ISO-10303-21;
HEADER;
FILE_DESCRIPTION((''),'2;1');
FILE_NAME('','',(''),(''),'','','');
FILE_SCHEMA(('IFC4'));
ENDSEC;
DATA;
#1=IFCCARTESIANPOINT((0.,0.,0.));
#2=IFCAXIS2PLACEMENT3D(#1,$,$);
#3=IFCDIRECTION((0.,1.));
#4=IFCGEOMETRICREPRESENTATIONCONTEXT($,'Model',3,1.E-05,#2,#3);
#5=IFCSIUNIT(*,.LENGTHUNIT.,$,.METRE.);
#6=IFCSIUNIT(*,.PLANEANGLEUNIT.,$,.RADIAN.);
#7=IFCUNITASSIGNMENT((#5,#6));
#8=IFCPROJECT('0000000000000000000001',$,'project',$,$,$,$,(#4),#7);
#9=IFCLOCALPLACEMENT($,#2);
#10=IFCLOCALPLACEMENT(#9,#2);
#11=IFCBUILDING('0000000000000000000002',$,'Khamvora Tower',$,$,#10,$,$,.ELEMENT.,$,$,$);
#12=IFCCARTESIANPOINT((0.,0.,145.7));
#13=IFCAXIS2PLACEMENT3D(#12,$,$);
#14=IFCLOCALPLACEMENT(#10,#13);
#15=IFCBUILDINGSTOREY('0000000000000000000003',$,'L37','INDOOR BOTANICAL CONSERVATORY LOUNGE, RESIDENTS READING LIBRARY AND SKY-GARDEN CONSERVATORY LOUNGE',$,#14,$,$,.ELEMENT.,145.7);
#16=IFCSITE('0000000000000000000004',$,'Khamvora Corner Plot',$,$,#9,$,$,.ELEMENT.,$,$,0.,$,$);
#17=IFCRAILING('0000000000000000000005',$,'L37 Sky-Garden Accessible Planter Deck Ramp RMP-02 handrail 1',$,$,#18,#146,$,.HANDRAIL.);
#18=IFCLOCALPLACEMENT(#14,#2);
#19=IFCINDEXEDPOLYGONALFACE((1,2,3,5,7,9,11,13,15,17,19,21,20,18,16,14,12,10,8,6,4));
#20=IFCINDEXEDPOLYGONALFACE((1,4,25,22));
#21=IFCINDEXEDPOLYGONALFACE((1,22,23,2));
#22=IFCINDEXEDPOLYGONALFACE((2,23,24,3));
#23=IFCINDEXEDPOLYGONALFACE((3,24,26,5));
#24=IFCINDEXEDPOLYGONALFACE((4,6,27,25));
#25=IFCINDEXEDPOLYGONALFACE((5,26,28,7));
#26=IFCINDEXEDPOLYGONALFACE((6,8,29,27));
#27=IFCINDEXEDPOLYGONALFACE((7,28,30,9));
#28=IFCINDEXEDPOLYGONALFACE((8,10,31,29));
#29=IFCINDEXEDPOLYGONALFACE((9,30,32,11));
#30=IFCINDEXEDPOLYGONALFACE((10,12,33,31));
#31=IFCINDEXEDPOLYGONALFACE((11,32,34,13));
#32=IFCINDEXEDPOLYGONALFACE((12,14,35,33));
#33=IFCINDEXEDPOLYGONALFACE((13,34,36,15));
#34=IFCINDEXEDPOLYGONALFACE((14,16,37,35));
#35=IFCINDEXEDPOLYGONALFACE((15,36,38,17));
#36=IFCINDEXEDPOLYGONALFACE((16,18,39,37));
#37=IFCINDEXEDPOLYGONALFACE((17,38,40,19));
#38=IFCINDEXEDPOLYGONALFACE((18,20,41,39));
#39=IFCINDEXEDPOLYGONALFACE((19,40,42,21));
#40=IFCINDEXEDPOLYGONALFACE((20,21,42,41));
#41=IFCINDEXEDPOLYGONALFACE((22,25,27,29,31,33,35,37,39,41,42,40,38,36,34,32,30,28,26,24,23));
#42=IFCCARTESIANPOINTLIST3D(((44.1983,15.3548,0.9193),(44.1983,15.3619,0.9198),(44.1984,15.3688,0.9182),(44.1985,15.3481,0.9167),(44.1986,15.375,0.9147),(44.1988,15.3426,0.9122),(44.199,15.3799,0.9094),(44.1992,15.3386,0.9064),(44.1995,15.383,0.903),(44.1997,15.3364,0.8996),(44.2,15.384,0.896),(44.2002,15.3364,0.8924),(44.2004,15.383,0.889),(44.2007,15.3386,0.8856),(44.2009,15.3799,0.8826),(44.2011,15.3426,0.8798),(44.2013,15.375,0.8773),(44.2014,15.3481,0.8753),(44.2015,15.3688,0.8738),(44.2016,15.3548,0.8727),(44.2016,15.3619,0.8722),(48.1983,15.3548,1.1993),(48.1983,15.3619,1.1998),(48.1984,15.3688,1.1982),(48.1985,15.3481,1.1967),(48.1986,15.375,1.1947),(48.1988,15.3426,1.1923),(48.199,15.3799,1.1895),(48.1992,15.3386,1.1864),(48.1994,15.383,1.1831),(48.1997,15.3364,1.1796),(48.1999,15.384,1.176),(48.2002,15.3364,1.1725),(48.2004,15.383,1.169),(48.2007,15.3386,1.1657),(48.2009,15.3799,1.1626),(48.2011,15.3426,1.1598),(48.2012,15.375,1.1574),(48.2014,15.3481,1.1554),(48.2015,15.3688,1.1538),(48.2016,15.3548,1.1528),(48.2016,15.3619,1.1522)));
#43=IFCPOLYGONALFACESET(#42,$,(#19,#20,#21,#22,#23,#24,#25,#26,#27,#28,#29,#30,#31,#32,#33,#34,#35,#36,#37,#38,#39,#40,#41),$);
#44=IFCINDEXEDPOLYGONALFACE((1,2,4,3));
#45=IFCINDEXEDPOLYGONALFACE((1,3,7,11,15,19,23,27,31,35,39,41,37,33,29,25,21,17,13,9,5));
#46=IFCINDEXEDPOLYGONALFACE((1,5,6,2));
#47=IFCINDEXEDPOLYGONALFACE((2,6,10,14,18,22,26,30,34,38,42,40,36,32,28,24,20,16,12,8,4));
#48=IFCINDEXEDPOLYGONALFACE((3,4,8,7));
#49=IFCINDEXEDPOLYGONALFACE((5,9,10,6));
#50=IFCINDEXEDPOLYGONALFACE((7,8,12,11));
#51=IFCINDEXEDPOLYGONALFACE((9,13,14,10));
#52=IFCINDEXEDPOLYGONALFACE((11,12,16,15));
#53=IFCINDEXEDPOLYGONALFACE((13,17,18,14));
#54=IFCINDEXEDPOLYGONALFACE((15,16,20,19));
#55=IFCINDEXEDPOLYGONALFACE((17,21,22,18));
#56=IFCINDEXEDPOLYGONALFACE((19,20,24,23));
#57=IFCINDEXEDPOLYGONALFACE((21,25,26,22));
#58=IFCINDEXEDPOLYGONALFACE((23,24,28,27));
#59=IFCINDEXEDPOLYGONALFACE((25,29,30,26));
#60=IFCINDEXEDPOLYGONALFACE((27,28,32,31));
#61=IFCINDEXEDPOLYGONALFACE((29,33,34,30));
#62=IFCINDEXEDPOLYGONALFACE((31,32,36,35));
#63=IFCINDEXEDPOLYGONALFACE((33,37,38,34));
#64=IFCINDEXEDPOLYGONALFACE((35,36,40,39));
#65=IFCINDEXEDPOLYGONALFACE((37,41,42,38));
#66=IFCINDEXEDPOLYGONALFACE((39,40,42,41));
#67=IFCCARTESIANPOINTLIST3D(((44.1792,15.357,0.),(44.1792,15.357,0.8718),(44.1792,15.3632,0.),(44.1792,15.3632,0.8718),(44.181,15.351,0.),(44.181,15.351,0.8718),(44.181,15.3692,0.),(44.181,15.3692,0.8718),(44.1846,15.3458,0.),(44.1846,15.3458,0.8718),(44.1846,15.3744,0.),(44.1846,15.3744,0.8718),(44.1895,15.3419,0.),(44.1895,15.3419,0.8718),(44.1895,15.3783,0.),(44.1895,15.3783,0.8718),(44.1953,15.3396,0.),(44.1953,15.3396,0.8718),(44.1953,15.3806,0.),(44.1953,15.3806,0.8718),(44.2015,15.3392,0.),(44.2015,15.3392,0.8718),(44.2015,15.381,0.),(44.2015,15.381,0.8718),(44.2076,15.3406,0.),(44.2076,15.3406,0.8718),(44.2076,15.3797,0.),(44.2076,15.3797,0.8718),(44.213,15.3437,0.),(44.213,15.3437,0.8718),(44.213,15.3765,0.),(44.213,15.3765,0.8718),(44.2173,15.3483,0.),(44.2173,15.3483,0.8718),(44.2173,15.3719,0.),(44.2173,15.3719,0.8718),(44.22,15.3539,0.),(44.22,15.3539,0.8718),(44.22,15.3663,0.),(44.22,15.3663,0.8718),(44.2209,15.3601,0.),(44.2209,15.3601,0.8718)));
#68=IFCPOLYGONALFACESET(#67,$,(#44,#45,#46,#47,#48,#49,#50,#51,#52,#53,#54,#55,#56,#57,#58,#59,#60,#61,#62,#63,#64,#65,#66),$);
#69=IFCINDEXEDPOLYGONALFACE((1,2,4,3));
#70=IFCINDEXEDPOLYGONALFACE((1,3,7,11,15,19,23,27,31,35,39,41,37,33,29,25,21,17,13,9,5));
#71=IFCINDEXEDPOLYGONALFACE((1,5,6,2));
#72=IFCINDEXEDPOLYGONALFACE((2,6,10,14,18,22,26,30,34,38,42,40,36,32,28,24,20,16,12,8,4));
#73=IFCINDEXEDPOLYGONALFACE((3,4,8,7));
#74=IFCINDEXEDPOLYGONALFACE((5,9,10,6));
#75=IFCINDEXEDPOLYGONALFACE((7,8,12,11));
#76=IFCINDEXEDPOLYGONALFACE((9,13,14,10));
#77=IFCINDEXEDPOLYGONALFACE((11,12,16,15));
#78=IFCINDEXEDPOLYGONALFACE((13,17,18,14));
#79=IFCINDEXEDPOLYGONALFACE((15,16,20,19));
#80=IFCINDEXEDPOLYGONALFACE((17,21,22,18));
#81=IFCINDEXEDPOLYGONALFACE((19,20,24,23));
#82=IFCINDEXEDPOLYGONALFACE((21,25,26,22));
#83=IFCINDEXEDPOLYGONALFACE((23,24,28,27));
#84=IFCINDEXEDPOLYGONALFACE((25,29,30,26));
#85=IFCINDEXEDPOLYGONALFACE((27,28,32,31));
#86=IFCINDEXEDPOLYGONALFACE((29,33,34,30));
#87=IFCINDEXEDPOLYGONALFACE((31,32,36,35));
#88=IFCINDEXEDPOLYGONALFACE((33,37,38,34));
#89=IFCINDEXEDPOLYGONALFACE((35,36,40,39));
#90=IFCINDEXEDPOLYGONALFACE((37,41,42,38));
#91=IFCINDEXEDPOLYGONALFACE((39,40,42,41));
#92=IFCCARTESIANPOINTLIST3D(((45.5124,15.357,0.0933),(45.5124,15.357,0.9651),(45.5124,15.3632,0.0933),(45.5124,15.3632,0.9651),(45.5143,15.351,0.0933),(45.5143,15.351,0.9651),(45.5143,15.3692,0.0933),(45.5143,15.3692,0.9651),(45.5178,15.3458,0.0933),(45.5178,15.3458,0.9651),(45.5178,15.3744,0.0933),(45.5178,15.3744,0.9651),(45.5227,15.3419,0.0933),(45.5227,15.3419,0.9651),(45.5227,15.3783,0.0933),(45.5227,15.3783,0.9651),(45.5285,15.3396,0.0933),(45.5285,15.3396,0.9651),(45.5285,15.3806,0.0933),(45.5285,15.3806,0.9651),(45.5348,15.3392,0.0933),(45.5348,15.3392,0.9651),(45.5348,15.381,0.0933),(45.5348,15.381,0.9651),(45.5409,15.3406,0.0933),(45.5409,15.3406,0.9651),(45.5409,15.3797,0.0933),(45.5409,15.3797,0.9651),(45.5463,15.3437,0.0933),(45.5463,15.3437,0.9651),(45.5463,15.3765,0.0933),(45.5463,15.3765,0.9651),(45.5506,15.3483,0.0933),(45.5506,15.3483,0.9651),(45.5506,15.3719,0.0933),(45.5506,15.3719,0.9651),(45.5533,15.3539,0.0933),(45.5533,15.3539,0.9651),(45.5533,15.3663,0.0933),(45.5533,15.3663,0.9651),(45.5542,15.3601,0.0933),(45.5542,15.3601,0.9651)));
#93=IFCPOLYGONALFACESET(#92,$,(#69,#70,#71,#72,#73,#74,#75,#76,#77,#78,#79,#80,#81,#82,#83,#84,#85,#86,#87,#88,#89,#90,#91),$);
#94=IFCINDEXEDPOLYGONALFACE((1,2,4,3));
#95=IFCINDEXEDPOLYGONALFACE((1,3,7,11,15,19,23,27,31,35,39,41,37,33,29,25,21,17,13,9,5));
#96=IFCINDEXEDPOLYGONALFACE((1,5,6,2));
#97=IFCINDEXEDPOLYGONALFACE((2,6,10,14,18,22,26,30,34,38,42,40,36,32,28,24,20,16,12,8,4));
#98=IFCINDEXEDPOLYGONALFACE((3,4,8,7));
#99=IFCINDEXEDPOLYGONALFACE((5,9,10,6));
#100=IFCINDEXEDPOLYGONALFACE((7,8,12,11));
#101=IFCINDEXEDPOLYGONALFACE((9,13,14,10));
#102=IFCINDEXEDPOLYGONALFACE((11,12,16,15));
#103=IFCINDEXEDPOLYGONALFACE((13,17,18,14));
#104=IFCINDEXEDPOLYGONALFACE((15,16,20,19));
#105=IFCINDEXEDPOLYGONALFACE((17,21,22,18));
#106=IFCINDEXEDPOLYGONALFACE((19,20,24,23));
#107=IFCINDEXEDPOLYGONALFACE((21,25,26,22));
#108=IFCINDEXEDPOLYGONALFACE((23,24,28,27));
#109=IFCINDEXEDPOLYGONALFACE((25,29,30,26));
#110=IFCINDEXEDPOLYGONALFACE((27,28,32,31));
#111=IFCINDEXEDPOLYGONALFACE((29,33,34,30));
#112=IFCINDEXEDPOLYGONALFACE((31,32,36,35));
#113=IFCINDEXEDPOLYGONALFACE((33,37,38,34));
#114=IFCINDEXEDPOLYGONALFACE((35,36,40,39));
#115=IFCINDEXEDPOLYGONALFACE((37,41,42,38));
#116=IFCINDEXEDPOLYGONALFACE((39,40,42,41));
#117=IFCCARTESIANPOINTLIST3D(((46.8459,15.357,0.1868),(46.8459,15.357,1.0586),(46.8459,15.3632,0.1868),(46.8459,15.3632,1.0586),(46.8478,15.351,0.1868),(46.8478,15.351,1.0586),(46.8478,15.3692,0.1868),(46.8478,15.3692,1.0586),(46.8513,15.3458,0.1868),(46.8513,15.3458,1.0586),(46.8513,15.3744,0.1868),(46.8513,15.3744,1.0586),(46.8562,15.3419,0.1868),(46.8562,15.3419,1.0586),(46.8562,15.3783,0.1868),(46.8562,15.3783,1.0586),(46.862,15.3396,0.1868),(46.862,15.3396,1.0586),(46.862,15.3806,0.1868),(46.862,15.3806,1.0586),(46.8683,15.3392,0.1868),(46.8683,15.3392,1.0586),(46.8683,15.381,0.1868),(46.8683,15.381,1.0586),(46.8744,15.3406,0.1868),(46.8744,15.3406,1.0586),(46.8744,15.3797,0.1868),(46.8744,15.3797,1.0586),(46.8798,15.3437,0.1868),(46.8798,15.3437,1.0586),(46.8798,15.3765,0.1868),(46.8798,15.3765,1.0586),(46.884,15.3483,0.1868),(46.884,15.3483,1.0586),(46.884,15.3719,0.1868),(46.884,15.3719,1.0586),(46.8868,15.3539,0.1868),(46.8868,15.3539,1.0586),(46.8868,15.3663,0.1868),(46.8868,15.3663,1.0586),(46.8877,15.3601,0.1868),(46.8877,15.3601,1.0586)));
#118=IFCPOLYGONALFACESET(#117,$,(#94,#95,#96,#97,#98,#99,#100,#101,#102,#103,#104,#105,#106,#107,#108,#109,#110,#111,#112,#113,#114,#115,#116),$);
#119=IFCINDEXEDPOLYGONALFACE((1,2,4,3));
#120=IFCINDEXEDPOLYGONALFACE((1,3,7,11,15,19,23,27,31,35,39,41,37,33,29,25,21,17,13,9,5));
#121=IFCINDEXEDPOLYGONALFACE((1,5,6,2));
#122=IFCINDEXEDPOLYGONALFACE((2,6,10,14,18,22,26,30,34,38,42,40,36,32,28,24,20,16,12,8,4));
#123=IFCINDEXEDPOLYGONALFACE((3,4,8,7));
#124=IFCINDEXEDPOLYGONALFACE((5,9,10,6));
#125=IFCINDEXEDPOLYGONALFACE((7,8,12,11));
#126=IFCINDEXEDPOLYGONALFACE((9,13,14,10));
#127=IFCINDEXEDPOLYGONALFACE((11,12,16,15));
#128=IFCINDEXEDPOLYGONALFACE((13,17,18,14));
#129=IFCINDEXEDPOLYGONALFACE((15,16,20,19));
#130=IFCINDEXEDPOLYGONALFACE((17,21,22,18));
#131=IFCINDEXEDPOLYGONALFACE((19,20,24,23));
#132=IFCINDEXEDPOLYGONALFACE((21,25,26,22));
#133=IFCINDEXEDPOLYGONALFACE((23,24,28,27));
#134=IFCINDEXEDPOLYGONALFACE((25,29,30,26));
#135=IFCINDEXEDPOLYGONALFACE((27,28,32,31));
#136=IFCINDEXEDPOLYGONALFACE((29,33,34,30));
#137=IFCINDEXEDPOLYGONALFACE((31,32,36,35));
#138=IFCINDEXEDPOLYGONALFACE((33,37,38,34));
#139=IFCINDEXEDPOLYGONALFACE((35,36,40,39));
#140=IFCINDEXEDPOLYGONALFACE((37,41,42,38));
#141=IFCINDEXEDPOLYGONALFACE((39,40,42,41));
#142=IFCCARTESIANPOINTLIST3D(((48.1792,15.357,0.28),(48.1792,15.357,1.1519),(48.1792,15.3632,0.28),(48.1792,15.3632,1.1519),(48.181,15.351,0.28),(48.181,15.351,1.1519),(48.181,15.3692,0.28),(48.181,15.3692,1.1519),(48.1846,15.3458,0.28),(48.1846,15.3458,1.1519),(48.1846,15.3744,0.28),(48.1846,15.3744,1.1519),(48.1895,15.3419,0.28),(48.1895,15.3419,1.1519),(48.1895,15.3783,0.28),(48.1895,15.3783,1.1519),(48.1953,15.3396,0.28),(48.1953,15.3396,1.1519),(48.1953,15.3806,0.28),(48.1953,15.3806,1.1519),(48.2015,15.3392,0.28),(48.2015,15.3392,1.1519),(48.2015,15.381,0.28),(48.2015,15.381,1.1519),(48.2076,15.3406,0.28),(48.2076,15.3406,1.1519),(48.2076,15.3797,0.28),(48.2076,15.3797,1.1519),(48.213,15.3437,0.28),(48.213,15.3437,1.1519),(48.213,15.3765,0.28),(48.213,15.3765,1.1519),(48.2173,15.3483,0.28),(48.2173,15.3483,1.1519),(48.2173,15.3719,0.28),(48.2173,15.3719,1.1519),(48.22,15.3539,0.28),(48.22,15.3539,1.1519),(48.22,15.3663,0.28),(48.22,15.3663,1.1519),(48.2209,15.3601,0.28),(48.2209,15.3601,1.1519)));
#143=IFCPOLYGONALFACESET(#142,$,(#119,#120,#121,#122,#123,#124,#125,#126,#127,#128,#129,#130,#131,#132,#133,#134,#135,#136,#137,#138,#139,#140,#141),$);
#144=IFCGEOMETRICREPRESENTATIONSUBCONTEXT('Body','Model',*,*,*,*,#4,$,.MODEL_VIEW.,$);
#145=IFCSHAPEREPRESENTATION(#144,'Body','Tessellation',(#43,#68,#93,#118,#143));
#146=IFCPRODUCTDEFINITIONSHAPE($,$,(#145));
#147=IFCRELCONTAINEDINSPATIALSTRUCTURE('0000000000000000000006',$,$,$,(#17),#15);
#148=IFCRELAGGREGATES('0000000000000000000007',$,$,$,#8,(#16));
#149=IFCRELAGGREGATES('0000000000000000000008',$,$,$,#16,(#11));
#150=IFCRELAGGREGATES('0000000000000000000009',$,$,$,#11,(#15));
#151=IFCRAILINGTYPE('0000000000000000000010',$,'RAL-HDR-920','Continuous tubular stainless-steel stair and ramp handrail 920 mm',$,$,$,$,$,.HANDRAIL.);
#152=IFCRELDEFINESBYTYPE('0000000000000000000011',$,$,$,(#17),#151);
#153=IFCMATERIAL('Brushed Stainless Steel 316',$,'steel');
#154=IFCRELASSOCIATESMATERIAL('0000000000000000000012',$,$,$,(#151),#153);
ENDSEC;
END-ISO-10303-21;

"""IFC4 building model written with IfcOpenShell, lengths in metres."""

from ifc_helpers import new_model, si_unit, direction, frame, origin, origin_2d, place, context, subcontext, project, spatial, circle, extrude, material, type_object, element, save


model = new_model("IFC4")

# Units and contexts
model_context = context("Model", 3, precision=1e-05, world=origin(), true_north=direction((0.0, 1.0)))
body_context = subcontext(model_context, "Body", "Model", "MODEL_VIEW")
ifc_project = project(units=[si_unit("LENGTHUNIT", "METRE"), si_unit("PLANEANGLEUNIT", "RADIAN")], contexts=[model_context])

# Site, building, storey
site_placement = place(None, origin())
site = spatial("IfcSite", under=ifc_project, at=site_placement, Name="Khamvora Corner Plot", CompositionType="ELEMENT", RefElevation=0.0)
building_placement = place(site_placement, origin())
building = spatial("IfcBuilding", under=site, at=building_placement, Name="Khamvora Tower", CompositionType="ELEMENT")
storey_placement = place(building_placement, frame((0.0, 0.0, 145.7)))
storey = spatial("IfcBuildingStorey", under=building, at=storey_placement, Name="L37", Description="INDOOR BOTANICAL CONSERVATORY LOUNGE, RESIDENTS READING LIBRARY AND SKY-GARDEN CONSERVATORY LOUNGE", CompositionType="ELEMENT", Elevation=145.7)

# Railing
ifc_material_1 = material(Name="Brushed Stainless Steel 316", Category="steel")
railing_type_1 = type_object("IfcRailingType", Name="RAL-HDR-920", Description="Continuous tubular stainless-steel stair and ramp handrail 920 mm", PredefinedType="HANDRAIL", material=ifc_material_1)
for number, where, name in (
    (1, (44.2, 15.3601, 0.0), "L37 Sky-Garden Accessible Planter Deck Ramp RMP-02 handrail 1"),
):
    element("IfcRailing", number, at=place(storey_placement, frame(where)), inside=storey, type_object=railing_type_1, Name=name, PredefinedType="HANDRAIL", context=body_context, shape_type="SweptSolid", body=[
        extrude(circle(Radius=0.0239, at=origin_2d()), frame((0.0, 0.0, 0.896), z_axis=(0.997558, 0.0, 0.069836), x_axis=(0.0, 1.0, 0.0)), (0.0, 0.0, 1.0), 4.0098),
        extrude(circle(Radius=0.021, at=origin_2d()), origin(), (0.0, 0.0, 1.0), 0.8718),
        extrude(circle(Radius=0.021, at=origin_2d()), frame((1.3333, 0.0, 0.0933)), (0.0, 0.0, 1.0), 0.8718),
        extrude(circle(Radius=0.021, at=origin_2d()), frame((2.6667, 0.0, 0.1868)), (0.0, 0.0, 1.0), 0.8718),
        extrude(circle(Radius=0.021, at=origin_2d()), frame((4.0, 0.0, 0.28)), (0.0, 0.0, 1.0), 0.8718),
    ])

save(model, "model.ifc")
